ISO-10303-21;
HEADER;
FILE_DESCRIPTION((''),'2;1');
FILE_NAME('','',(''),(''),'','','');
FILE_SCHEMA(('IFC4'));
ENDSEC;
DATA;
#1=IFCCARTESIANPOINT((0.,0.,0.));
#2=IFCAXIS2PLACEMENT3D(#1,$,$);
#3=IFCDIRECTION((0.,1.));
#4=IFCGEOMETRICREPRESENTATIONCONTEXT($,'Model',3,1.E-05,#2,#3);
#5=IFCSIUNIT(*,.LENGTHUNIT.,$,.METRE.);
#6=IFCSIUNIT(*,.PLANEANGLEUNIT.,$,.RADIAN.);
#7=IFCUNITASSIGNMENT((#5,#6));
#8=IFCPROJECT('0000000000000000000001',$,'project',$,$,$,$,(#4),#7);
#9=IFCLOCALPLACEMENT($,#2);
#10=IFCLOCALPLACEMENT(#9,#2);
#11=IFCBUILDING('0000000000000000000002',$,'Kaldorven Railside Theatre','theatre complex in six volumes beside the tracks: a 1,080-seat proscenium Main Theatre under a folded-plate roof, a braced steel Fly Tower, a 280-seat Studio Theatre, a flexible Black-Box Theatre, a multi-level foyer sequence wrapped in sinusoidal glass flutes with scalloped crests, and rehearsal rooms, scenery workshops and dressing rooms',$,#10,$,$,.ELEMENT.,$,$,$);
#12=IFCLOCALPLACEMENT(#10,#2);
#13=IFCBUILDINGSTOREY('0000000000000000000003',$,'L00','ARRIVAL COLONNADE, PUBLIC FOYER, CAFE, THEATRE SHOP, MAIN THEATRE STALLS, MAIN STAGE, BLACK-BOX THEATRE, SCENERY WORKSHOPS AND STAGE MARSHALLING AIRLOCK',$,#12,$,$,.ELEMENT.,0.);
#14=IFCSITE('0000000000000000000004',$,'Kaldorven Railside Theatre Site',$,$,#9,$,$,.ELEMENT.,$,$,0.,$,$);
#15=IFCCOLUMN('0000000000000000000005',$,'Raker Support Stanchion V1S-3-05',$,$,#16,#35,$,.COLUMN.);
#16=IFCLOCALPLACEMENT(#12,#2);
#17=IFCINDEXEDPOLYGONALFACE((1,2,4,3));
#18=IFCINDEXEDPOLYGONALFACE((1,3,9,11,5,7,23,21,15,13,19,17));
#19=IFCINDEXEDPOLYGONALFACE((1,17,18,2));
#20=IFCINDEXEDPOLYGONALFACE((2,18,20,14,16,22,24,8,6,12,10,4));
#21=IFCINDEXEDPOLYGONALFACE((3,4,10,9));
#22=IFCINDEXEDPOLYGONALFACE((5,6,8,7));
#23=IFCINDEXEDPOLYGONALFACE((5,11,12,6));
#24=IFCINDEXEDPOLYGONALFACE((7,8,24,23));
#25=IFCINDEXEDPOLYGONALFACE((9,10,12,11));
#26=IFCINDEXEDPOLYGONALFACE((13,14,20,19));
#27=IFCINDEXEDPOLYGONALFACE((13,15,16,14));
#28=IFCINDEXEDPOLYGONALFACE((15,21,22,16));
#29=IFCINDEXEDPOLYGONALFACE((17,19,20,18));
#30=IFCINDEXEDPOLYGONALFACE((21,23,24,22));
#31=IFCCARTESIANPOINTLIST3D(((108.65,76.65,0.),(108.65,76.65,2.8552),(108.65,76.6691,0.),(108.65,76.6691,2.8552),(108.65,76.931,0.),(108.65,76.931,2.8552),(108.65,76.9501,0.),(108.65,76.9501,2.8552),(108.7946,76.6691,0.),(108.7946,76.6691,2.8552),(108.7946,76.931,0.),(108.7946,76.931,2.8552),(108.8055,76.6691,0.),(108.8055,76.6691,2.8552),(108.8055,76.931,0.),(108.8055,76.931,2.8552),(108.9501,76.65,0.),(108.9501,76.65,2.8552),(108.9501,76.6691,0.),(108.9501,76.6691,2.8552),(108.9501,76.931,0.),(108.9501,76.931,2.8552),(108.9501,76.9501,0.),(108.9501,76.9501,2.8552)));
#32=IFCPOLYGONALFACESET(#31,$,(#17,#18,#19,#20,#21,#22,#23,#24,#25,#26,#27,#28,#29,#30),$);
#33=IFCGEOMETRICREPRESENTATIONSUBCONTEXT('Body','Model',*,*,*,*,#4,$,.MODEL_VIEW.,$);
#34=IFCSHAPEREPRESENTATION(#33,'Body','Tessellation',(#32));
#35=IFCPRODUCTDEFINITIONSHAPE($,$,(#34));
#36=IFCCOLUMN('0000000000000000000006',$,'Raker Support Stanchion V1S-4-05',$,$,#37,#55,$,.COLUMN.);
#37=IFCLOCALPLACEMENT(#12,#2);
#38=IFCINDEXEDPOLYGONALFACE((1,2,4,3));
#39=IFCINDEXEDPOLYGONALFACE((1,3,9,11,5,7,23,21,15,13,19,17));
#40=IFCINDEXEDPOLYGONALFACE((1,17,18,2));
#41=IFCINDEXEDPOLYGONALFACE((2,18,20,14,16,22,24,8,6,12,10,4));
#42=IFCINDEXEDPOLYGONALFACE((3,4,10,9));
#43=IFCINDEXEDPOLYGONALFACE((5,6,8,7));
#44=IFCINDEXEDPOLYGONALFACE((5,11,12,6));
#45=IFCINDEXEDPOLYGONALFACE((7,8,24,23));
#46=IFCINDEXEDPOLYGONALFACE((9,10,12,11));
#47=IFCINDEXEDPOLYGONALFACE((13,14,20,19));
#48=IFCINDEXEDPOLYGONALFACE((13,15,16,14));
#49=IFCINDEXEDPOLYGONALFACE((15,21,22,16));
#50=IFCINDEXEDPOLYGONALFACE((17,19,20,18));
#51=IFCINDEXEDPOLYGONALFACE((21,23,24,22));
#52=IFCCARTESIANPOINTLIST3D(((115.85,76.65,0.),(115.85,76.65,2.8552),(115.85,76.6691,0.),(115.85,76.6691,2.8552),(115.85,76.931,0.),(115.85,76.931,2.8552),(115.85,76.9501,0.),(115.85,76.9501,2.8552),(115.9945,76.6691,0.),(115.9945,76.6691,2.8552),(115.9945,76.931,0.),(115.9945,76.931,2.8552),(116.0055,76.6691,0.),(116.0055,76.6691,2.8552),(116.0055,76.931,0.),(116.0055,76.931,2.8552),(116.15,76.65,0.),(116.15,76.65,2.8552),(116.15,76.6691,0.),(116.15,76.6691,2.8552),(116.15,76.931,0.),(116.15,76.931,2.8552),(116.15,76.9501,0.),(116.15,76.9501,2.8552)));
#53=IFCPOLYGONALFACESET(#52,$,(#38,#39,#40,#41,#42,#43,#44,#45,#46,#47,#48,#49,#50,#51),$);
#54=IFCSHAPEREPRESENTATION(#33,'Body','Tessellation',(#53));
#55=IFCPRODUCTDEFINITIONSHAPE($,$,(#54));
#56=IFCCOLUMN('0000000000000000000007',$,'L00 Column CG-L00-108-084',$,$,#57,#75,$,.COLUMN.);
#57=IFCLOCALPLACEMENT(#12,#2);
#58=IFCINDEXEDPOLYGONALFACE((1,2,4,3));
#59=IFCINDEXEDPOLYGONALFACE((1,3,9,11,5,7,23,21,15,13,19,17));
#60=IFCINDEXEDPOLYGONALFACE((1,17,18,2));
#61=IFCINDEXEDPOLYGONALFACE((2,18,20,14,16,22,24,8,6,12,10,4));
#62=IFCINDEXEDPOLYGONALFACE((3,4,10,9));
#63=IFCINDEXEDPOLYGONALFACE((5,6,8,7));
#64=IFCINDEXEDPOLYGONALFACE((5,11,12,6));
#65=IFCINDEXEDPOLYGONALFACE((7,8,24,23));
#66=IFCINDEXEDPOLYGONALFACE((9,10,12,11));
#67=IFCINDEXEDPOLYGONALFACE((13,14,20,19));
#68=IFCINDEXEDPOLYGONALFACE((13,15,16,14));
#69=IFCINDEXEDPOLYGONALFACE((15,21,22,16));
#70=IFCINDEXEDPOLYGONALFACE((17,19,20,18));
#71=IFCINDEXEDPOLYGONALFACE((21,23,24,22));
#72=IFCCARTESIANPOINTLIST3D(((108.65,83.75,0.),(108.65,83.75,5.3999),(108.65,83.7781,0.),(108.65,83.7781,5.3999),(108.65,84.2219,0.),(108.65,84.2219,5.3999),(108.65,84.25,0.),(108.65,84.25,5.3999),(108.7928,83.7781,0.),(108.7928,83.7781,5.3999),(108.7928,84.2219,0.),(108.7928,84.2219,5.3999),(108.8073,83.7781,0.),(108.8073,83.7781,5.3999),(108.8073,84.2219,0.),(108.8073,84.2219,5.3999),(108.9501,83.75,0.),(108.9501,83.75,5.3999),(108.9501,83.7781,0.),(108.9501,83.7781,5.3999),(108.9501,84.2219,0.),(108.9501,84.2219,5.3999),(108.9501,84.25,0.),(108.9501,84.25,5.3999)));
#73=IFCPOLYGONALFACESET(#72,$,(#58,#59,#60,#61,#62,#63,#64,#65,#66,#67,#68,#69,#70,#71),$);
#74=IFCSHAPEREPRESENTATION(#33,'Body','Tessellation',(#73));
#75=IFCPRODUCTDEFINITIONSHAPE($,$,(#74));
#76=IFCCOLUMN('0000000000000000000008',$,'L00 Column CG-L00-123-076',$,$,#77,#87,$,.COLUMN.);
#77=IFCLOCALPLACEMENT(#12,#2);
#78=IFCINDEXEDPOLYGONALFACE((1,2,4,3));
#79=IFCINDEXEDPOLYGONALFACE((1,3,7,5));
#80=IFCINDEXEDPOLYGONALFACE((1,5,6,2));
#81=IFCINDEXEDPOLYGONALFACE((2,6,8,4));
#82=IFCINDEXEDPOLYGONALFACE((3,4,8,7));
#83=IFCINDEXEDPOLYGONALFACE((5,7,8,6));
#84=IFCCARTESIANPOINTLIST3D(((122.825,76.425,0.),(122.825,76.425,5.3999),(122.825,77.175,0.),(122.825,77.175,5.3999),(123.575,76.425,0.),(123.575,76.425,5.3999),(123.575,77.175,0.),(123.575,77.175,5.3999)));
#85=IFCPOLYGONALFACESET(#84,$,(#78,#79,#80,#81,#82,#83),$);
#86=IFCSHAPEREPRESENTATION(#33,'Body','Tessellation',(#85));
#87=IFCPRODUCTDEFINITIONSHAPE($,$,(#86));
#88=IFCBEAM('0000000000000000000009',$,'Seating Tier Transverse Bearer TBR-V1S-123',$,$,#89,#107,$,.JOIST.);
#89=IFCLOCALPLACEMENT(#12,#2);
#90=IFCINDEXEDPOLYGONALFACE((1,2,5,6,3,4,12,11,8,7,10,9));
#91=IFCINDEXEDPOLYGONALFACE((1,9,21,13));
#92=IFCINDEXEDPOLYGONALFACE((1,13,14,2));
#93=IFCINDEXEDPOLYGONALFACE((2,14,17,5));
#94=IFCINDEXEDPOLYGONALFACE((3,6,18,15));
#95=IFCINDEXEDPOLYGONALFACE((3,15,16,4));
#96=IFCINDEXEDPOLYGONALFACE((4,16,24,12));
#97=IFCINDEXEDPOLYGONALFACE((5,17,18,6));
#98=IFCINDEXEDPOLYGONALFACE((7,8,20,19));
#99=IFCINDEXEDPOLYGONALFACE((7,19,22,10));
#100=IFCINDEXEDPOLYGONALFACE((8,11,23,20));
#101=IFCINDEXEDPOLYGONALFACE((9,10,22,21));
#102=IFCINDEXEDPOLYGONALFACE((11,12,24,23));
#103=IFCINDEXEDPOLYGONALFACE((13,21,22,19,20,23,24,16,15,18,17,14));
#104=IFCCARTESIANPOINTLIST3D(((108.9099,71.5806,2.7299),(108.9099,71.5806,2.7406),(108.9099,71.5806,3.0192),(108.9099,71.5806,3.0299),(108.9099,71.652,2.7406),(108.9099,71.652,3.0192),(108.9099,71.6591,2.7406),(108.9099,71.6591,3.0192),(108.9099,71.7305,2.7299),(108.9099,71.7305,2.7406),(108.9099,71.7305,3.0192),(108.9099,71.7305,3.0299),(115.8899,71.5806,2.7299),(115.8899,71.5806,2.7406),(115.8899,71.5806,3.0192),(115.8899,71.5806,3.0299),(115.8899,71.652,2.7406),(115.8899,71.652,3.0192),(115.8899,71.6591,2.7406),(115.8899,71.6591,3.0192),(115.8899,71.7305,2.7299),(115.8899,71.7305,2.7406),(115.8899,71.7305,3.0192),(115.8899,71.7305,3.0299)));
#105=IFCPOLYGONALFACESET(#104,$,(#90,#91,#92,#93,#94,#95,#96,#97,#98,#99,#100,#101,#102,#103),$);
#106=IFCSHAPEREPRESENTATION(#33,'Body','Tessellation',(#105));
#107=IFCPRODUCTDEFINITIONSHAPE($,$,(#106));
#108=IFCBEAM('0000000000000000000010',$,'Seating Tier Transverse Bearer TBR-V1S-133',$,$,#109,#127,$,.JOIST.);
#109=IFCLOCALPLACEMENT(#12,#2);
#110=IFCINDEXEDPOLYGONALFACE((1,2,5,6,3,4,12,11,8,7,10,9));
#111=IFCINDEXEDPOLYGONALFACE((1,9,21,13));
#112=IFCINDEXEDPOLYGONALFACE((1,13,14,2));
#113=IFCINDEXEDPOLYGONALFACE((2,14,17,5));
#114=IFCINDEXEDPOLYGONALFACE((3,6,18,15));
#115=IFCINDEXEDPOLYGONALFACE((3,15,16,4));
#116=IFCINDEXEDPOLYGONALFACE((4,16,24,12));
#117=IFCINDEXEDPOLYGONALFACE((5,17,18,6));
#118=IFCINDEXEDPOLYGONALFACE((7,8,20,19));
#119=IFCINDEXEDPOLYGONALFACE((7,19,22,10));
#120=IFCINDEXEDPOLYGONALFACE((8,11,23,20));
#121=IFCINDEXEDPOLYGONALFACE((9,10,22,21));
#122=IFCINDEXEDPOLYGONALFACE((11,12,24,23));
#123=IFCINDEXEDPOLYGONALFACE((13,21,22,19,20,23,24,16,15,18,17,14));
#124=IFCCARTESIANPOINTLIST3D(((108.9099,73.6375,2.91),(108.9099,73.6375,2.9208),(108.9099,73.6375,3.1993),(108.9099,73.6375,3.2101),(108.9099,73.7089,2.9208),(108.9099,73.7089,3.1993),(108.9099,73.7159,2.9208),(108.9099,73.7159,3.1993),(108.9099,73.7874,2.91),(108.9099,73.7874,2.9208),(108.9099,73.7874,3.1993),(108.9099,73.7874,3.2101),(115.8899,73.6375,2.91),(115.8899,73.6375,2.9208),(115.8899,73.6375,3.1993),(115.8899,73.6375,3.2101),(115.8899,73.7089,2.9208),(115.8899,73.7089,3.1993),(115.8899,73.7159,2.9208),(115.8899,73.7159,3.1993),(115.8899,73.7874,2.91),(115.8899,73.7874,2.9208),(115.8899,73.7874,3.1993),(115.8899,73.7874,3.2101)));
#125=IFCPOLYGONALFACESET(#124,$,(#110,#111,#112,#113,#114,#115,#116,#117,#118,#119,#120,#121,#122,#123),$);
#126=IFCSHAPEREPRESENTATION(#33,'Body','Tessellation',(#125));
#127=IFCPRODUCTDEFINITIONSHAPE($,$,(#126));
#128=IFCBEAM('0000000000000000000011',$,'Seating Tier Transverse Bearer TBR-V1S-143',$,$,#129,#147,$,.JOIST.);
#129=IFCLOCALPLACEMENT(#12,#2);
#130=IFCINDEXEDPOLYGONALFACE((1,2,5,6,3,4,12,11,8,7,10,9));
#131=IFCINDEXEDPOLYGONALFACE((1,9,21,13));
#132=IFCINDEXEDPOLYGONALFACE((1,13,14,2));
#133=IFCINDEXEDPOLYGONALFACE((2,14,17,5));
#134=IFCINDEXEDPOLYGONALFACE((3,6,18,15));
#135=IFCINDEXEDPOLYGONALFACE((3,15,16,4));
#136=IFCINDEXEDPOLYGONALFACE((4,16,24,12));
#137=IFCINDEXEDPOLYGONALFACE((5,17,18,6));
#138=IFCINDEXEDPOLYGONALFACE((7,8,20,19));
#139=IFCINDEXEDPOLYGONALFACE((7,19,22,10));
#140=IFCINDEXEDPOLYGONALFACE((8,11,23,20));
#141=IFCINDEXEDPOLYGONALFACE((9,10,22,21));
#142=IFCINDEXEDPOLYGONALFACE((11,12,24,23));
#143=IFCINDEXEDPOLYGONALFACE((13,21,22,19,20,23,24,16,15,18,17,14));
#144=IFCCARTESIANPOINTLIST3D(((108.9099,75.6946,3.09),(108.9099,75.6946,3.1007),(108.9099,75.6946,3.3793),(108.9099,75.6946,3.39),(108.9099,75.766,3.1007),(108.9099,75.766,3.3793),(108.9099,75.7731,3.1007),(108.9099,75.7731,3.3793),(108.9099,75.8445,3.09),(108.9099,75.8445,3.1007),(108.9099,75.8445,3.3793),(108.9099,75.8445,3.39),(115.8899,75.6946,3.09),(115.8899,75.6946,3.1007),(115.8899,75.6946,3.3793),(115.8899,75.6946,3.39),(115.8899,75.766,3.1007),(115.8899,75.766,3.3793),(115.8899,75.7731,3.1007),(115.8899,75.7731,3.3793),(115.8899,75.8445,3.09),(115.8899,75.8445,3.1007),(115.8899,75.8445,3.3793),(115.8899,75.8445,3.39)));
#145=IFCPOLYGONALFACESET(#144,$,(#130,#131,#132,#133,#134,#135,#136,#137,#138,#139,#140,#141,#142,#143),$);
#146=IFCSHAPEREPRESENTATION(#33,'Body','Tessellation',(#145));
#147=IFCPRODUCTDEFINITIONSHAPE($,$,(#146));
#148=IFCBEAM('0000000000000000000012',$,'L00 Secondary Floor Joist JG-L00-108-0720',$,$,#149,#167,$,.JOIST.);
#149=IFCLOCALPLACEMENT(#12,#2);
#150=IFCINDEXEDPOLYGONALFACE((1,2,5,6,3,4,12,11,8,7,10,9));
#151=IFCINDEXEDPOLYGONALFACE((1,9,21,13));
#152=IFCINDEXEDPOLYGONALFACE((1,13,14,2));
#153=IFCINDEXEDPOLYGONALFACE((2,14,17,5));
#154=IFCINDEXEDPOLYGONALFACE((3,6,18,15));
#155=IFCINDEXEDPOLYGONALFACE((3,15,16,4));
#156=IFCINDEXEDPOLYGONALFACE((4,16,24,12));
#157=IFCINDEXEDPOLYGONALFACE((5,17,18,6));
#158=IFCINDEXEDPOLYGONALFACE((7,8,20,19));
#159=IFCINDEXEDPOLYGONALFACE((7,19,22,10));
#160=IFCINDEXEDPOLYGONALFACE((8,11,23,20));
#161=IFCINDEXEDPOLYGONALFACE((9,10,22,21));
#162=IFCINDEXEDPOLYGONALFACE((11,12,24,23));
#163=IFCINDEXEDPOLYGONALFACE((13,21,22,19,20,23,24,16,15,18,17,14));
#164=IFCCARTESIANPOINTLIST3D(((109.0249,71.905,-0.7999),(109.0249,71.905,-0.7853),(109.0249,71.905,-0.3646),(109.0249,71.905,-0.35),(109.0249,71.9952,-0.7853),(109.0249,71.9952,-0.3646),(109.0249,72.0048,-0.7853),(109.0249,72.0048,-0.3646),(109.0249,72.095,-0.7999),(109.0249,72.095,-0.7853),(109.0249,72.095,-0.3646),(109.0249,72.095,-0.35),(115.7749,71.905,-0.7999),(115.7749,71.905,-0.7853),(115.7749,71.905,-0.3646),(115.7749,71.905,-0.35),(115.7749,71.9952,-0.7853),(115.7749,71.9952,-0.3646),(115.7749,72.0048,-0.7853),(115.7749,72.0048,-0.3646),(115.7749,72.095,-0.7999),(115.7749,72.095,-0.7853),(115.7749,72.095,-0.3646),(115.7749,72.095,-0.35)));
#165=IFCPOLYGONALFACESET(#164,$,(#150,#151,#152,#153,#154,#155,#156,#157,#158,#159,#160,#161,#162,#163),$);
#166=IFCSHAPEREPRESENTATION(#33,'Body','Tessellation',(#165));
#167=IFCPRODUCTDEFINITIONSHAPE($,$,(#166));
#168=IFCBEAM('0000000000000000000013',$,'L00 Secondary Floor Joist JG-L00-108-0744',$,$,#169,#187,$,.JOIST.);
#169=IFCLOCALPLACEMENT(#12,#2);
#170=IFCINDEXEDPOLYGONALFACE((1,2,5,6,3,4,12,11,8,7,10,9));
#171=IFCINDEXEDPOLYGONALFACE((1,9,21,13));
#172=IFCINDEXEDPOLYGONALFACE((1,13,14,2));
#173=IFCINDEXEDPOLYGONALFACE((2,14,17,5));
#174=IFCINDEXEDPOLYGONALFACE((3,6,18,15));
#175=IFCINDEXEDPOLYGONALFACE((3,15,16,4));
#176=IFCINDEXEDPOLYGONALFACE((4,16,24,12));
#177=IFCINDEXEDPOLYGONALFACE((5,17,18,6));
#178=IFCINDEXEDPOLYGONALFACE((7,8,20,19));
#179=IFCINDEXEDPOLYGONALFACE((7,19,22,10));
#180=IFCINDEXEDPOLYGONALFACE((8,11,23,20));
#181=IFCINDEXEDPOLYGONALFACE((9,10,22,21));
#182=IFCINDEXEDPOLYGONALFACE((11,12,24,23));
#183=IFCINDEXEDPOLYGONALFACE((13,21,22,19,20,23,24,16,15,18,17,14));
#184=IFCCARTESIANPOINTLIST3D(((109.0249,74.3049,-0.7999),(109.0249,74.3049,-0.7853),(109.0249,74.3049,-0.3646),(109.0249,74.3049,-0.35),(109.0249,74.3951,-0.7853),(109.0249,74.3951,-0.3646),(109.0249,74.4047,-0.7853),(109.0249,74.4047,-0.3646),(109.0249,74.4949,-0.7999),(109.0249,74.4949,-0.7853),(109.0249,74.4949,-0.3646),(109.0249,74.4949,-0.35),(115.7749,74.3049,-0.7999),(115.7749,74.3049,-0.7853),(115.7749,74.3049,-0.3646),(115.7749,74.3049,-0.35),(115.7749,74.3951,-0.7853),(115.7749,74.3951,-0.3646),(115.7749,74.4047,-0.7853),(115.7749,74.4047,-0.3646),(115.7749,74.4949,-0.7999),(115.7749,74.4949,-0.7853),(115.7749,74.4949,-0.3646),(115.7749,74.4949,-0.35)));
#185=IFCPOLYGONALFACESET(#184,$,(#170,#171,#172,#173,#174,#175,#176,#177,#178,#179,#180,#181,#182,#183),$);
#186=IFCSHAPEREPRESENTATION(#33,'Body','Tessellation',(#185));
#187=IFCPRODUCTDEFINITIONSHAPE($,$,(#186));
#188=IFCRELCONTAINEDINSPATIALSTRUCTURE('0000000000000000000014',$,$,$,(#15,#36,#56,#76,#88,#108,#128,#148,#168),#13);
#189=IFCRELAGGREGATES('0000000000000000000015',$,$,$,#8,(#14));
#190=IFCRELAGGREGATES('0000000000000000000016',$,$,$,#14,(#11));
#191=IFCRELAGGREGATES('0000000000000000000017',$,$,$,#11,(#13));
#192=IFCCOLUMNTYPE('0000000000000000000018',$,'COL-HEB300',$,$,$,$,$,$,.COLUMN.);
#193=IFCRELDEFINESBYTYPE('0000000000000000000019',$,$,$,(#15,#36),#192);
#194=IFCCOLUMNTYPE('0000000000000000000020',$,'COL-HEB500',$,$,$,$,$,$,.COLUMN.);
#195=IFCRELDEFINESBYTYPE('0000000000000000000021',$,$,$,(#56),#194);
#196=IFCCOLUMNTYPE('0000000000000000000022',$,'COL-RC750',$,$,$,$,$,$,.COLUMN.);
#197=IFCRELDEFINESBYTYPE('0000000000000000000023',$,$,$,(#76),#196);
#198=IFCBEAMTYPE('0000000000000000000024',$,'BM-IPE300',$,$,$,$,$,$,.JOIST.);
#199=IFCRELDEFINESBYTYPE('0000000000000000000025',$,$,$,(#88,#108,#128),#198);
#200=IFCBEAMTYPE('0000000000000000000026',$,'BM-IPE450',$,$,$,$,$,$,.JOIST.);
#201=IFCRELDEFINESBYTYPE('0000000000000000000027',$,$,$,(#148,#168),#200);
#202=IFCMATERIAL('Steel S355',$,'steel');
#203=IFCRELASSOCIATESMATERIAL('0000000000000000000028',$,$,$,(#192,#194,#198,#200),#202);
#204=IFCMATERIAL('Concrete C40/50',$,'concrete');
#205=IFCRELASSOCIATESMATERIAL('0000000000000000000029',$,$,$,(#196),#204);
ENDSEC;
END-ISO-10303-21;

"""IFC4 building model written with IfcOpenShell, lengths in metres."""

from ifc_helpers import new_model, si_unit, direction, frame, origin, origin_2d, place, context, subcontext, project, spatial, rectangle, i_section, extrude, material, material_profile, profile_set, type_object, element, save


model = new_model("IFC4")

# Units and contexts
model_context = context("Model", 3, precision=1e-05, world=origin(), true_north=direction((0.0, 1.0)))
body_context = subcontext(model_context, "Body", "Model", "MODEL_VIEW")
ifc_project = project(units=[si_unit("LENGTHUNIT", "METRE"), si_unit("PLANEANGLEUNIT", "RADIAN")], contexts=[model_context])

# Site, building, storey
site_placement = place(None, origin())
site = spatial("IfcSite", under=ifc_project, at=site_placement, Name="Kaldorven Railside Theatre Site", CompositionType="ELEMENT", RefElevation=0.0)
building_placement = place(site_placement, origin())
building = spatial("IfcBuilding", under=site, at=building_placement, Name="Kaldorven Railside Theatre", Description="theatre complex in six volumes beside the tracks: a 1,080-seat proscenium Main Theatre under a folded-plate roof, a braced steel Fly Tower, a 280-seat Studio Theatre, a flexible Black-Box Theatre, a multi-level foyer sequence wrapped in sinusoidal glass flutes with scalloped crests, and rehearsal rooms, scenery workshops and dressing rooms", CompositionType="ELEMENT")
storey_placement = place(building_placement, origin())
storey = spatial("IfcBuildingStorey", under=building, at=storey_placement, Name="L00", Description="ARRIVAL COLONNADE, PUBLIC FOYER, CAFE, THEATRE SHOP, MAIN THEATRE STALLS, MAIN STAGE, BLACK-BOX THEATRE, SCENERY WORKSHOPS AND STAGE MARSHALLING AIRLOCK", CompositionType="ELEMENT", Elevation=0.0)

# Columns
ifc_material_1 = material(Name="Steel S355", Category="steel")
ifc_material_profile_1 = material_profile(ifc_material_1, i_section(OverallWidth=0.3, OverallDepth=0.3, WebThickness=0.011, FlangeThickness=0.019, at=origin_2d()), Name="HEB 300")
ifc_profile_set_1 = profile_set([ifc_material_profile_1], Name="Steel S355")
column_type_1 = type_object("IfcColumnType", Name="COL-HEB300", PredefinedType="COLUMN", material=ifc_profile_set_1)
for number, where, z_axis, x_axis, name in (
    (1, (108.8, 76.8, 0.0), (0.0, 0.0, 1.0), (1.0, 0.0, 0.0), "Raker Support Stanchion V1S-3-05"),
    (2, (116.0, 76.8, 0.0), (0.0, 0.0, 1.0), (1.0, 0.0, 0.0), "Raker Support Stanchion V1S-4-05"),
):
    element("IfcColumn", number, at=place(storey_placement, frame(where, z_axis=z_axis, x_axis=x_axis)), inside=storey, type_object=column_type_1, Name=name, PredefinedType="COLUMN", context=body_context, shape_type="SweptSolid", body=[
        extrude(i_section(OverallWidth=0.3, OverallDepth=0.3, WebThickness=0.011, FlangeThickness=0.019, at=origin_2d()), origin(), (0.0, 0.0, 1.0), 2.8552),
    ])
ifc_material_profile_2 = material_profile(ifc_material_1, i_section(OverallWidth=0.3, OverallDepth=0.5, WebThickness=0.0144, FlangeThickness=0.0281, at=origin_2d()), Name="HEB 500")
ifc_profile_set_2 = profile_set([ifc_material_profile_2], Name="Steel S355")
column_type_2 = type_object("IfcColumnType", Name="COL-HEB500", PredefinedType="COLUMN", material=ifc_profile_set_2)
column_1_placement = place(storey_placement, frame((108.8, 84.0, 0.0), z_axis=(0.0, 0.0, 1.0), x_axis=(1.0, 0.0, 0.0)))
element("IfcColumn", 3, at=column_1_placement, inside=storey, type_object=column_type_2, Name="L00 Column CG-L00-108-084", PredefinedType="COLUMN", context=body_context, shape_type="SweptSolid", body=[
    extrude(i_section(OverallWidth=0.3, OverallDepth=0.5, WebThickness=0.0144, FlangeThickness=0.0281, at=origin_2d()), origin(), (0.0, 0.0, 1.0), 5.3999),
])
ifc_material_2 = material(Name="Concrete C40/50", Category="concrete")
ifc_material_profile_3 = material_profile(ifc_material_2, rectangle(XDim=0.75, YDim=0.75, at=origin_2d()), Name="RC 750x750")
ifc_profile_set_3 = profile_set([ifc_material_profile_3], Name="Concrete C40/50")
column_type_3 = type_object("IfcColumnType", Name="COL-RC750", PredefinedType="COLUMN", material=ifc_profile_set_3)
column_2_placement = place(storey_placement, frame((123.2, 76.8, 0.0), z_axis=(0.0, 0.0, 1.0), x_axis=(1.0, 0.0, 0.0)))
element("IfcColumn", 4, at=column_2_placement, inside=storey, type_object=column_type_3, Name="L00 Column CG-L00-123-076", PredefinedType="COLUMN", context=body_context, shape_type="SweptSolid", body=[
    extrude(rectangle(XDim=0.75, YDim=0.75, at=origin_2d()), origin(), (0.0, 0.0, 1.0), 5.3999),
])

# Beams
ifc_material_profile_4 = material_profile(ifc_material_1, i_section(OverallWidth=0.1499, OverallDepth=0.3, WebThickness=0.0071, FlangeThickness=0.0107, at=origin_2d()), Name="IPE 300")
ifc_profile_set_4 = profile_set([ifc_material_profile_4], Name="Steel S355")
beam_type_1 = type_object("IfcBeamType", Name="BM-IPE300", PredefinedType="JOIST", material=ifc_profile_set_4)
for number, where, z_axis, x_axis, name in (
    (5, (108.9099, 71.6555, 2.8799), (1.0, 0.0, 0.0), (0.0, 1.0, 0.0), "Seating Tier Transverse Bearer TBR-V1S-123"),
    (6, (108.9099, 73.7124, 3.0601), (1.0, 0.0, 0.0), (0.0, 1.0, 0.0), "Seating Tier Transverse Bearer TBR-V1S-133"),
    (7, (108.9099, 75.7695, 3.24), (1.0, 0.0, 0.0), (0.0, 1.0, 0.0), "Seating Tier Transverse Bearer TBR-V1S-143"),
):
    element("IfcBeam", number, at=place(storey_placement, frame(where, z_axis=z_axis, x_axis=x_axis)), inside=storey, type_object=beam_type_1, Name=name, PredefinedType="JOIST", context=body_context, shape_type="SweptSolid", body=[
        extrude(i_section(OverallWidth=0.1499, OverallDepth=0.3, WebThickness=0.0071, FlangeThickness=0.0107, at=origin_2d()), origin(), (0.0, 0.0, 1.0), 6.98),
    ])
ifc_material_profile_5 = material_profile(ifc_material_1, i_section(OverallWidth=0.1899, OverallDepth=0.45, WebThickness=0.0095, FlangeThickness=0.0146, at=origin_2d()), Name="IPE 450")
ifc_profile_set_5 = profile_set([ifc_material_profile_5], Name="Steel S355")
beam_type_2 = type_object("IfcBeamType", Name="BM-IPE450", PredefinedType="JOIST", material=ifc_profile_set_5)
for number, where, z_axis, x_axis, name in (
    (8, (109.0249, 72.0, -0.575), (1.0, 0.0, 0.0), (0.0, 1.0, 0.0), "L00 Secondary Floor Joist JG-L00-108-0720"),
    (9, (109.0249, 74.3999, -0.575), (1.0, 0.0, 0.0), (0.0, 1.0, 0.0), "L00 Secondary Floor Joist JG-L00-108-0744"),
):
    element("IfcBeam", number, at=place(storey_placement, frame(where, z_axis=z_axis, x_axis=x_axis)), inside=storey, type_object=beam_type_2, Name=name, PredefinedType="JOIST", context=body_context, shape_type="SweptSolid", body=[
        extrude(i_section(OverallWidth=0.1899, OverallDepth=0.45, WebThickness=0.0095, FlangeThickness=0.0146, at=origin_2d()), origin(), (0.0, 0.0, 1.0), 6.75),
    ])

save(model, "model.ifc")
